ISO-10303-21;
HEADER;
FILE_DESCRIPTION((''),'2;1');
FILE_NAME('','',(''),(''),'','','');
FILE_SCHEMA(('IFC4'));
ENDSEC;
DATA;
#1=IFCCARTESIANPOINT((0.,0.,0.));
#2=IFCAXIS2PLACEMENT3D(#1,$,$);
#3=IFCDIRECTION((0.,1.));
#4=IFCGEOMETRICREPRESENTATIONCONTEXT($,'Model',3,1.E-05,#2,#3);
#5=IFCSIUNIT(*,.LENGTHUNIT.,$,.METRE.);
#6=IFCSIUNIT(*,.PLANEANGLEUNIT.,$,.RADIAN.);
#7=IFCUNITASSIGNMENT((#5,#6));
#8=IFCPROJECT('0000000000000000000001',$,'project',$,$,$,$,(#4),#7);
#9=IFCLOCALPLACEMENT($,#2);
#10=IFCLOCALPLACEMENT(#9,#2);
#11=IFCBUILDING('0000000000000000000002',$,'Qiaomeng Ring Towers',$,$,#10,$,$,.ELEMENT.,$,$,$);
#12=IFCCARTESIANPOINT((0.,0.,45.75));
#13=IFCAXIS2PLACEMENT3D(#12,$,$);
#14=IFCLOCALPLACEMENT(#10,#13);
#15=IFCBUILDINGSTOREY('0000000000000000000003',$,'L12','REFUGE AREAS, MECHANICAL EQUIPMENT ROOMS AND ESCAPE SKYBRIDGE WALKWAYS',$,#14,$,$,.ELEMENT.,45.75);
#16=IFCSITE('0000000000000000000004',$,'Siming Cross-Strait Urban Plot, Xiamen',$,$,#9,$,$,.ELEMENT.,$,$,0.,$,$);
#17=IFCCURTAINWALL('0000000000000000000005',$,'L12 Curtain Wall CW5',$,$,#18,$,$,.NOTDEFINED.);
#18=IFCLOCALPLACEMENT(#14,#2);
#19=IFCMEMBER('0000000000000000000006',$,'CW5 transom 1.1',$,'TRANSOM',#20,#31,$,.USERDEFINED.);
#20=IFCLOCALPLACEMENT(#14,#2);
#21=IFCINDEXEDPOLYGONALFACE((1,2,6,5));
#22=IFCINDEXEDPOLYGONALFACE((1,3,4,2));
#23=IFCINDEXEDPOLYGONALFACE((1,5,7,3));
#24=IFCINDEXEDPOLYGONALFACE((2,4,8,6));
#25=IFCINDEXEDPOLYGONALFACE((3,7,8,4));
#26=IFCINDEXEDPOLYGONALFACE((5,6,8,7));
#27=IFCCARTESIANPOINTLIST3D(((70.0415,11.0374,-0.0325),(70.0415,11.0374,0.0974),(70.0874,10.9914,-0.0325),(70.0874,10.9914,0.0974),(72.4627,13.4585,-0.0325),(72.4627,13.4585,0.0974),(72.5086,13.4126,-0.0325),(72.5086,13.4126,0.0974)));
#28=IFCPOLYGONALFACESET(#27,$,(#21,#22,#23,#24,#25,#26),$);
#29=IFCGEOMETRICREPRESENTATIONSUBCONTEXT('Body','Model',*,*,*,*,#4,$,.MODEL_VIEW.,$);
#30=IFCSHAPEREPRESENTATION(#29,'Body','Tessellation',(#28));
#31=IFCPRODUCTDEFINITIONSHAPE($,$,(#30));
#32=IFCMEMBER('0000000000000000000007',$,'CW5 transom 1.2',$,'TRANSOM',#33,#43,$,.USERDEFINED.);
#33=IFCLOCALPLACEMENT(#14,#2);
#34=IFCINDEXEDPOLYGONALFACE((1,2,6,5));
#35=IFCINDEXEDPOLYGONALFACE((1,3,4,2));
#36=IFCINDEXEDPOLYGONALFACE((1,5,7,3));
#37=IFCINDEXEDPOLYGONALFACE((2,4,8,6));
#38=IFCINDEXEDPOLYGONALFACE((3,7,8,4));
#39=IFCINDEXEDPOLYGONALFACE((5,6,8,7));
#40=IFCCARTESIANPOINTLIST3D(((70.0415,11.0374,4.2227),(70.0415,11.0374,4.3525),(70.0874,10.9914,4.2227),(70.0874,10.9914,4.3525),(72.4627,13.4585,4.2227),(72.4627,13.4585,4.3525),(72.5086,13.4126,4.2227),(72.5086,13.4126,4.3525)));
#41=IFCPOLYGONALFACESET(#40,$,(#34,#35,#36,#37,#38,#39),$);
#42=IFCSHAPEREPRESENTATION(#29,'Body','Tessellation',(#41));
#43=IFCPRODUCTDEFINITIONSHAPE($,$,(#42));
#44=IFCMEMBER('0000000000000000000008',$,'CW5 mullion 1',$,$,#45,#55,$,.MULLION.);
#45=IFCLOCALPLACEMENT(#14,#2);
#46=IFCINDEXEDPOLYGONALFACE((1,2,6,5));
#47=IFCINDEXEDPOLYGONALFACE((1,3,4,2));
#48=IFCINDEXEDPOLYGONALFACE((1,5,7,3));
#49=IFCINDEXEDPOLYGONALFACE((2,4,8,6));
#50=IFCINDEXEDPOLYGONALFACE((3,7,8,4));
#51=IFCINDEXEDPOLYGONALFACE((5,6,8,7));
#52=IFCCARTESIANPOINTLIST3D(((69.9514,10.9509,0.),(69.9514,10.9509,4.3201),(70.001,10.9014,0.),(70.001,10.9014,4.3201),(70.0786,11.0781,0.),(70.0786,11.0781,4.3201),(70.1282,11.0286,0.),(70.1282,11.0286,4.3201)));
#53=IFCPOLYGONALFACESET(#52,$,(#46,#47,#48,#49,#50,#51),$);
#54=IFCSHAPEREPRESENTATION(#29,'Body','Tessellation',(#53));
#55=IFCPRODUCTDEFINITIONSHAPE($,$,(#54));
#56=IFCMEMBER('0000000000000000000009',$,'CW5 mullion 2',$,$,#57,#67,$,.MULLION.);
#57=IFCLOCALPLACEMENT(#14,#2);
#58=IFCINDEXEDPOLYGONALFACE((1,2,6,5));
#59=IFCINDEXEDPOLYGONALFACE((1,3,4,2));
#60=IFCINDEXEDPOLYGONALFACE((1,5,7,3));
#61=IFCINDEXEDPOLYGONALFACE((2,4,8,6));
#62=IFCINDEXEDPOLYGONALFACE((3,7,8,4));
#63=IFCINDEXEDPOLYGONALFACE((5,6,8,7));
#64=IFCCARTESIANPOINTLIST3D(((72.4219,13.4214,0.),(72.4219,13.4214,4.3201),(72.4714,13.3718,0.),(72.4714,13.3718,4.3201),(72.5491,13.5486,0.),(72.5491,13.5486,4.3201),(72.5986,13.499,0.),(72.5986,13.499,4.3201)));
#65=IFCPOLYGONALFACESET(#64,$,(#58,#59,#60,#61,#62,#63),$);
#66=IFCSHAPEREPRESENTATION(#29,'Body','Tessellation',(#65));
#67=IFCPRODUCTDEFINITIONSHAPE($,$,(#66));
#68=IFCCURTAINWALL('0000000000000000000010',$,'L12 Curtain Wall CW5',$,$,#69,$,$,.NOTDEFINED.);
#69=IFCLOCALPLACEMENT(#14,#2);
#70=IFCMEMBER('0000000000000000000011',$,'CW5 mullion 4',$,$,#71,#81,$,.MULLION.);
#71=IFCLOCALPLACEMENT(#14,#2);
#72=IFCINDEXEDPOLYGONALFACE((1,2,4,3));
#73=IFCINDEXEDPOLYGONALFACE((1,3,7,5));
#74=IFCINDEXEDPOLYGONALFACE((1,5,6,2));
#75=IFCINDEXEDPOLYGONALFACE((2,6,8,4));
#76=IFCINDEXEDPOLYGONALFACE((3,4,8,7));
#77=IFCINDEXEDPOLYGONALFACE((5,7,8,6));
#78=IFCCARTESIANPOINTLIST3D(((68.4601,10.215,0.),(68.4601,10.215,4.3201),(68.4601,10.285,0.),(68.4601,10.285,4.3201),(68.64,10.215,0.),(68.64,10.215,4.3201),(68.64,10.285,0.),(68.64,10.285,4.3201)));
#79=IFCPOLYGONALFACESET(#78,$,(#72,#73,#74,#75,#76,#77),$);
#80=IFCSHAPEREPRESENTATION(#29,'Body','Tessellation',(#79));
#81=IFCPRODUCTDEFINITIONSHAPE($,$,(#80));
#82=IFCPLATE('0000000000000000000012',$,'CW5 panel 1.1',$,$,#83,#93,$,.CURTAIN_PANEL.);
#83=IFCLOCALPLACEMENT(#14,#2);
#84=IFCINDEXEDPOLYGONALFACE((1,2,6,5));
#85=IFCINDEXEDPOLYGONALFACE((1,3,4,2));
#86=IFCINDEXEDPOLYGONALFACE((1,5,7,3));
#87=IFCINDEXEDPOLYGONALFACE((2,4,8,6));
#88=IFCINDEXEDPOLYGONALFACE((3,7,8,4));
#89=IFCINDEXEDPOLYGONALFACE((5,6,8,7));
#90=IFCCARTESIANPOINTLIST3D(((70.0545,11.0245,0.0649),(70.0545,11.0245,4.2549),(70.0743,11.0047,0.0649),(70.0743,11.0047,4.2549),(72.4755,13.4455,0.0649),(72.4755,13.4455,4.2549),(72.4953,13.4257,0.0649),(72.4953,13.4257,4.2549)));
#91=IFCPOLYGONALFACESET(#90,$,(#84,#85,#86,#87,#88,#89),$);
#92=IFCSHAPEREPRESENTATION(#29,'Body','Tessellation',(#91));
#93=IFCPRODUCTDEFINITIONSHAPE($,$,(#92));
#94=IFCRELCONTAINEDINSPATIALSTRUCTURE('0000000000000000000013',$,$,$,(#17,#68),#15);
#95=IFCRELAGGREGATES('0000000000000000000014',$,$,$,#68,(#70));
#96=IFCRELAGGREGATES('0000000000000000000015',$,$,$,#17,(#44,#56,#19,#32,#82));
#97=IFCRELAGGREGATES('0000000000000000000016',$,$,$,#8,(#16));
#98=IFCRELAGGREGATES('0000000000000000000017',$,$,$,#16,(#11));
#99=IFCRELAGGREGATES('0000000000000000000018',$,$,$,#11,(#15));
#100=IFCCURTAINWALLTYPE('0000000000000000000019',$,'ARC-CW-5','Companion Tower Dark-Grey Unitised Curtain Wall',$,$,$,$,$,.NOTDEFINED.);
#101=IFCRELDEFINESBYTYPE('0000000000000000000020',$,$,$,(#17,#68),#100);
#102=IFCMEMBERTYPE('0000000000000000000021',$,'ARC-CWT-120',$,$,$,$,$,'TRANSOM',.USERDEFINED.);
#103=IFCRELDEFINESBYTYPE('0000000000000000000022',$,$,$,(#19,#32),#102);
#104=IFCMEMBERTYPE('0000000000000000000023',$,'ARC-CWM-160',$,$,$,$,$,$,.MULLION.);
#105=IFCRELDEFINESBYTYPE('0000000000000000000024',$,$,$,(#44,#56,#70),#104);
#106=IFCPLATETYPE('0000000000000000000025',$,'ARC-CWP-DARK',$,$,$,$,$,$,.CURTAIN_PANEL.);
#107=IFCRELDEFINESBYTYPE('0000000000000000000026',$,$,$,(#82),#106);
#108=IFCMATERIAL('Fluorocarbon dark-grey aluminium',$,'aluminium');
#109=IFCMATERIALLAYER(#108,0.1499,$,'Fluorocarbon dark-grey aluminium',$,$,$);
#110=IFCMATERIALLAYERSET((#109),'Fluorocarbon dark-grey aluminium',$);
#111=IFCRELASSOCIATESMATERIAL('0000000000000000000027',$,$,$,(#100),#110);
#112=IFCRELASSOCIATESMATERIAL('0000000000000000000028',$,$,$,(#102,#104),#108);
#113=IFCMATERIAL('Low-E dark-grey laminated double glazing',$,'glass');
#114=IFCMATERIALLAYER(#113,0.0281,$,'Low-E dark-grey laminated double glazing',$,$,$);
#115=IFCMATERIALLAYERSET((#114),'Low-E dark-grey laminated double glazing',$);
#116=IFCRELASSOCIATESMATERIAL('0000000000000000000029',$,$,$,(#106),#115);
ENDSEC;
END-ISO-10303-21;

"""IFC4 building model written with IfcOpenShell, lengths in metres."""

from ifc_helpers import new_model, si_unit, direction, frame, origin, origin_2d, place, context, subcontext, project, spatial, rectangle, extrude, source, transform, mapped, material, layer, layer_set, material_profile, profile_set, type_object, element, aggregate, save


model = new_model("IFC4")

# Units and contexts
model_context = context("Model", 3, precision=1e-05, world=origin(), true_north=direction((0.0, 1.0)))
body_context = subcontext(model_context, "Body", "Model", "MODEL_VIEW")
ifc_project = project(units=[si_unit("LENGTHUNIT", "METRE"), si_unit("PLANEANGLEUNIT", "RADIAN")], contexts=[model_context])

# Site, building, storey
site_placement = place(None, origin())
site = spatial("IfcSite", under=ifc_project, at=site_placement, Name="Siming Cross-Strait Urban Plot, Xiamen", CompositionType="ELEMENT", RefElevation=0.0)
building_placement = place(site_placement, origin())
building = spatial("IfcBuilding", under=site, at=building_placement, Name="Qiaomeng Ring Towers", CompositionType="ELEMENT")
storey_placement = place(building_placement, frame((0.0, 0.0, 45.75)))
storey = spatial("IfcBuildingStorey", under=building, at=storey_placement, Name="L12", Description="REFUGE AREAS, MECHANICAL EQUIPMENT ROOMS AND ESCAPE SKYBRIDGE WALKWAYS", CompositionType="ELEMENT", Elevation=45.75)

# Curtain wall, members
ifc_material_1 = material(Name="Fluorocarbon dark-grey aluminium", Category="aluminium")
ifc_layer_1 = layer(ifc_material_1, 0.1499, Name="Fluorocarbon dark-grey aluminium")
ifc_layer_set_1 = layer_set([ifc_layer_1], Name="Fluorocarbon dark-grey aluminium")
curtain_wall_type = type_object("IfcCurtainWallType", Name="ARC-CW-5", Description="Companion Tower Dark-Grey Unitised Curtain Wall", PredefinedType="NOTDEFINED", material=ifc_layer_set_1)
curtain_wall_1_placement = place(storey_placement, origin())
curtain_wall_1 = element("IfcCurtainWall", 1, at=curtain_wall_1_placement, inside=storey, type_object=curtain_wall_type, Name="L12 Curtain Wall CW5", PredefinedType="NOTDEFINED")
ifc_material_profile_1 = material_profile(ifc_material_1, rectangle(XDim=0.0649, YDim=0.1299, at=origin_2d()), Name="ALU TRAN 65x130")
ifc_profile_set_1 = profile_set([ifc_material_profile_1], Name="Fluorocarbon dark-grey aluminium")
member_type_1 = type_object("IfcMemberType", Name="ARC-CWT-120", ElementType="TRANSOM", PredefinedType="USERDEFINED", material=ifc_profile_set_1)
shared_shape_1 = source(origin(), body_context, "Body", "SweptSolid", [
    extrude(rectangle(XDim=0.0649, YDim=0.1299, at=origin_2d()), origin(), (0.0, 0.0, 1.0), 3.4241),
])
member_1_placement = place(storey_placement, frame((70.0645, 11.0144, 0.0325), z_axis=(0.707107, 0.707107, 0.0), x_axis=(-0.707107, 0.707107, 0.0)))
member_1 = element("IfcMember", 2, at=member_1_placement, type_object=member_type_1, Name="CW5 transom 1.1", ObjectType="TRANSOM", PredefinedType="USERDEFINED", context=body_context, shape_type="MappedRepresentation", body=[
    mapped(shared_shape_1, transform((0.0, 0.0, 0.0), x_axis=(1.0, 0.0, 0.0), y_axis=(0.0, 1.0, 0.0), z_axis=(0.0, 0.0, 1.0), scale=1.0)),
])
member_2_placement = place(storey_placement, frame((70.0645, 11.0144, 4.2876), z_axis=(0.707107, 0.707107, 0.0), x_axis=(-0.707107, 0.707107, 0.0)))
member_2 = element("IfcMember", 3, at=member_2_placement, type_object=member_type_1, Name="CW5 transom 1.2", ObjectType="TRANSOM", PredefinedType="USERDEFINED", context=body_context, shape_type="MappedRepresentation", body=[
    mapped(shared_shape_1, transform((0.0, 0.0, 0.0), x_axis=(1.0, 0.0, 0.0), y_axis=(0.0, 1.0, 0.0), z_axis=(0.0, 0.0, 1.0), scale=1.0)),
])
ifc_material_profile_2 = material_profile(ifc_material_1, rectangle(XDim=0.0701, YDim=0.1799, at=origin_2d()), Name="ALU MULL 70x180")
ifc_profile_set_2 = profile_set([ifc_material_profile_2], Name="Fluorocarbon dark-grey aluminium")
member_type_2 = type_object("IfcMemberType", Name="ARC-CWM-160", PredefinedType="MULLION", material=ifc_profile_set_2)
shared_shape_2 = source(origin(), body_context, "Body", "SweptSolid", [
    extrude(rectangle(XDim=0.0701, YDim=0.1799, at=origin_2d()), origin(), (0.0, 0.0, 1.0), 4.3201),
])
member_3_placement = place(storey_placement, frame((70.0398, 10.9897, 0.0), z_axis=(0.0, 0.0, 1.0), x_axis=(-0.707107, 0.707107, 0.0)))
member_3 = element("IfcMember", 4, at=member_3_placement, type_object=member_type_2, Name="CW5 mullion 1", PredefinedType="MULLION", context=body_context, shape_type="MappedRepresentation", body=[
    mapped(shared_shape_2, transform((0.0, 0.0, 0.0), x_axis=(1.0, 0.0, 0.0), y_axis=(0.0, 1.0, 0.0), z_axis=(0.0, 0.0, 1.0), scale=1.0)),
])
member_4_placement = place(storey_placement, frame((72.5103, 13.4602, 0.0), z_axis=(0.0, 0.0, 1.0), x_axis=(-0.707107, 0.707107, 0.0)))
member_4 = element("IfcMember", 5, at=member_4_placement, type_object=member_type_2, Name="CW5 mullion 2", PredefinedType="MULLION", context=body_context, shape_type="MappedRepresentation", body=[
    mapped(shared_shape_2, transform((0.0, 0.0, 0.0), x_axis=(1.0, 0.0, 0.0), y_axis=(0.0, 1.0, 0.0), z_axis=(0.0, 0.0, 1.0), scale=1.0)),
])

# Curtain wall, member
curtain_wall_2_placement = place(storey_placement, origin())
curtain_wall_2 = element("IfcCurtainWall", 6, at=curtain_wall_2_placement, inside=storey, type_object=curtain_wall_type, Name="L12 Curtain Wall CW5", PredefinedType="NOTDEFINED")
member_5_placement = place(storey_placement, frame((68.55, 10.25, 0.0), z_axis=(0.0, 0.0, 1.0), x_axis=(0.0, 1.0, 0.0)))
member_5 = element("IfcMember", 7, at=member_5_placement, type_object=member_type_2, Name="CW5 mullion 4", PredefinedType="MULLION", context=body_context, shape_type="MappedRepresentation", body=[
    mapped(shared_shape_2, transform((0.0, 0.0, 0.0), x_axis=(1.0, 0.0, 0.0), y_axis=(0.0, 1.0, 0.0), z_axis=(0.0, 0.0, 1.0), scale=1.0)),
])
aggregate(curtain_wall_2, [member_5])

# Plate
ifc_material_2 = material(Name="Low-E dark-grey laminated double glazing", Category="glass")
ifc_layer_2 = layer(ifc_material_2, 0.0281, Name="Low-E dark-grey laminated double glazing")
ifc_layer_set_2 = layer_set([ifc_layer_2], Name="Low-E dark-grey laminated double glazing")
plate_type = type_object("IfcPlateType", Name="ARC-CWP-DARK", PredefinedType="CURTAIN_PANEL", material=ifc_layer_set_2)
shared_shape_3 = source(origin(), body_context, "Body", "SweptSolid", [
    extrude(rectangle(XDim=3.4238, YDim=0.0281, at=origin_2d()), origin(), (0.0, 0.0, 1.0), 4.1899),
])
plate_placement = place(storey_placement, frame((71.2749, 12.2251, 0.0649), z_axis=(0.0, 0.0, 1.0), x_axis=(0.707107, 0.707107, 0.0)))
plate = element("IfcPlate", 8, at=plate_placement, type_object=plate_type, Name="CW5 panel 1.1", PredefinedType="CURTAIN_PANEL", context=body_context, shape_type="MappedRepresentation", body=[
    mapped(shared_shape_3, transform((0.0, 0.0, 0.0), x_axis=(1.0, 0.0, 0.0), y_axis=(0.0, 1.0, 0.0), z_axis=(0.0, 0.0, 1.0), scale=1.0)),
])
aggregate(curtain_wall_1, [member_3, member_4, member_1, member_2, plate])

save(model, "model.ifc")
